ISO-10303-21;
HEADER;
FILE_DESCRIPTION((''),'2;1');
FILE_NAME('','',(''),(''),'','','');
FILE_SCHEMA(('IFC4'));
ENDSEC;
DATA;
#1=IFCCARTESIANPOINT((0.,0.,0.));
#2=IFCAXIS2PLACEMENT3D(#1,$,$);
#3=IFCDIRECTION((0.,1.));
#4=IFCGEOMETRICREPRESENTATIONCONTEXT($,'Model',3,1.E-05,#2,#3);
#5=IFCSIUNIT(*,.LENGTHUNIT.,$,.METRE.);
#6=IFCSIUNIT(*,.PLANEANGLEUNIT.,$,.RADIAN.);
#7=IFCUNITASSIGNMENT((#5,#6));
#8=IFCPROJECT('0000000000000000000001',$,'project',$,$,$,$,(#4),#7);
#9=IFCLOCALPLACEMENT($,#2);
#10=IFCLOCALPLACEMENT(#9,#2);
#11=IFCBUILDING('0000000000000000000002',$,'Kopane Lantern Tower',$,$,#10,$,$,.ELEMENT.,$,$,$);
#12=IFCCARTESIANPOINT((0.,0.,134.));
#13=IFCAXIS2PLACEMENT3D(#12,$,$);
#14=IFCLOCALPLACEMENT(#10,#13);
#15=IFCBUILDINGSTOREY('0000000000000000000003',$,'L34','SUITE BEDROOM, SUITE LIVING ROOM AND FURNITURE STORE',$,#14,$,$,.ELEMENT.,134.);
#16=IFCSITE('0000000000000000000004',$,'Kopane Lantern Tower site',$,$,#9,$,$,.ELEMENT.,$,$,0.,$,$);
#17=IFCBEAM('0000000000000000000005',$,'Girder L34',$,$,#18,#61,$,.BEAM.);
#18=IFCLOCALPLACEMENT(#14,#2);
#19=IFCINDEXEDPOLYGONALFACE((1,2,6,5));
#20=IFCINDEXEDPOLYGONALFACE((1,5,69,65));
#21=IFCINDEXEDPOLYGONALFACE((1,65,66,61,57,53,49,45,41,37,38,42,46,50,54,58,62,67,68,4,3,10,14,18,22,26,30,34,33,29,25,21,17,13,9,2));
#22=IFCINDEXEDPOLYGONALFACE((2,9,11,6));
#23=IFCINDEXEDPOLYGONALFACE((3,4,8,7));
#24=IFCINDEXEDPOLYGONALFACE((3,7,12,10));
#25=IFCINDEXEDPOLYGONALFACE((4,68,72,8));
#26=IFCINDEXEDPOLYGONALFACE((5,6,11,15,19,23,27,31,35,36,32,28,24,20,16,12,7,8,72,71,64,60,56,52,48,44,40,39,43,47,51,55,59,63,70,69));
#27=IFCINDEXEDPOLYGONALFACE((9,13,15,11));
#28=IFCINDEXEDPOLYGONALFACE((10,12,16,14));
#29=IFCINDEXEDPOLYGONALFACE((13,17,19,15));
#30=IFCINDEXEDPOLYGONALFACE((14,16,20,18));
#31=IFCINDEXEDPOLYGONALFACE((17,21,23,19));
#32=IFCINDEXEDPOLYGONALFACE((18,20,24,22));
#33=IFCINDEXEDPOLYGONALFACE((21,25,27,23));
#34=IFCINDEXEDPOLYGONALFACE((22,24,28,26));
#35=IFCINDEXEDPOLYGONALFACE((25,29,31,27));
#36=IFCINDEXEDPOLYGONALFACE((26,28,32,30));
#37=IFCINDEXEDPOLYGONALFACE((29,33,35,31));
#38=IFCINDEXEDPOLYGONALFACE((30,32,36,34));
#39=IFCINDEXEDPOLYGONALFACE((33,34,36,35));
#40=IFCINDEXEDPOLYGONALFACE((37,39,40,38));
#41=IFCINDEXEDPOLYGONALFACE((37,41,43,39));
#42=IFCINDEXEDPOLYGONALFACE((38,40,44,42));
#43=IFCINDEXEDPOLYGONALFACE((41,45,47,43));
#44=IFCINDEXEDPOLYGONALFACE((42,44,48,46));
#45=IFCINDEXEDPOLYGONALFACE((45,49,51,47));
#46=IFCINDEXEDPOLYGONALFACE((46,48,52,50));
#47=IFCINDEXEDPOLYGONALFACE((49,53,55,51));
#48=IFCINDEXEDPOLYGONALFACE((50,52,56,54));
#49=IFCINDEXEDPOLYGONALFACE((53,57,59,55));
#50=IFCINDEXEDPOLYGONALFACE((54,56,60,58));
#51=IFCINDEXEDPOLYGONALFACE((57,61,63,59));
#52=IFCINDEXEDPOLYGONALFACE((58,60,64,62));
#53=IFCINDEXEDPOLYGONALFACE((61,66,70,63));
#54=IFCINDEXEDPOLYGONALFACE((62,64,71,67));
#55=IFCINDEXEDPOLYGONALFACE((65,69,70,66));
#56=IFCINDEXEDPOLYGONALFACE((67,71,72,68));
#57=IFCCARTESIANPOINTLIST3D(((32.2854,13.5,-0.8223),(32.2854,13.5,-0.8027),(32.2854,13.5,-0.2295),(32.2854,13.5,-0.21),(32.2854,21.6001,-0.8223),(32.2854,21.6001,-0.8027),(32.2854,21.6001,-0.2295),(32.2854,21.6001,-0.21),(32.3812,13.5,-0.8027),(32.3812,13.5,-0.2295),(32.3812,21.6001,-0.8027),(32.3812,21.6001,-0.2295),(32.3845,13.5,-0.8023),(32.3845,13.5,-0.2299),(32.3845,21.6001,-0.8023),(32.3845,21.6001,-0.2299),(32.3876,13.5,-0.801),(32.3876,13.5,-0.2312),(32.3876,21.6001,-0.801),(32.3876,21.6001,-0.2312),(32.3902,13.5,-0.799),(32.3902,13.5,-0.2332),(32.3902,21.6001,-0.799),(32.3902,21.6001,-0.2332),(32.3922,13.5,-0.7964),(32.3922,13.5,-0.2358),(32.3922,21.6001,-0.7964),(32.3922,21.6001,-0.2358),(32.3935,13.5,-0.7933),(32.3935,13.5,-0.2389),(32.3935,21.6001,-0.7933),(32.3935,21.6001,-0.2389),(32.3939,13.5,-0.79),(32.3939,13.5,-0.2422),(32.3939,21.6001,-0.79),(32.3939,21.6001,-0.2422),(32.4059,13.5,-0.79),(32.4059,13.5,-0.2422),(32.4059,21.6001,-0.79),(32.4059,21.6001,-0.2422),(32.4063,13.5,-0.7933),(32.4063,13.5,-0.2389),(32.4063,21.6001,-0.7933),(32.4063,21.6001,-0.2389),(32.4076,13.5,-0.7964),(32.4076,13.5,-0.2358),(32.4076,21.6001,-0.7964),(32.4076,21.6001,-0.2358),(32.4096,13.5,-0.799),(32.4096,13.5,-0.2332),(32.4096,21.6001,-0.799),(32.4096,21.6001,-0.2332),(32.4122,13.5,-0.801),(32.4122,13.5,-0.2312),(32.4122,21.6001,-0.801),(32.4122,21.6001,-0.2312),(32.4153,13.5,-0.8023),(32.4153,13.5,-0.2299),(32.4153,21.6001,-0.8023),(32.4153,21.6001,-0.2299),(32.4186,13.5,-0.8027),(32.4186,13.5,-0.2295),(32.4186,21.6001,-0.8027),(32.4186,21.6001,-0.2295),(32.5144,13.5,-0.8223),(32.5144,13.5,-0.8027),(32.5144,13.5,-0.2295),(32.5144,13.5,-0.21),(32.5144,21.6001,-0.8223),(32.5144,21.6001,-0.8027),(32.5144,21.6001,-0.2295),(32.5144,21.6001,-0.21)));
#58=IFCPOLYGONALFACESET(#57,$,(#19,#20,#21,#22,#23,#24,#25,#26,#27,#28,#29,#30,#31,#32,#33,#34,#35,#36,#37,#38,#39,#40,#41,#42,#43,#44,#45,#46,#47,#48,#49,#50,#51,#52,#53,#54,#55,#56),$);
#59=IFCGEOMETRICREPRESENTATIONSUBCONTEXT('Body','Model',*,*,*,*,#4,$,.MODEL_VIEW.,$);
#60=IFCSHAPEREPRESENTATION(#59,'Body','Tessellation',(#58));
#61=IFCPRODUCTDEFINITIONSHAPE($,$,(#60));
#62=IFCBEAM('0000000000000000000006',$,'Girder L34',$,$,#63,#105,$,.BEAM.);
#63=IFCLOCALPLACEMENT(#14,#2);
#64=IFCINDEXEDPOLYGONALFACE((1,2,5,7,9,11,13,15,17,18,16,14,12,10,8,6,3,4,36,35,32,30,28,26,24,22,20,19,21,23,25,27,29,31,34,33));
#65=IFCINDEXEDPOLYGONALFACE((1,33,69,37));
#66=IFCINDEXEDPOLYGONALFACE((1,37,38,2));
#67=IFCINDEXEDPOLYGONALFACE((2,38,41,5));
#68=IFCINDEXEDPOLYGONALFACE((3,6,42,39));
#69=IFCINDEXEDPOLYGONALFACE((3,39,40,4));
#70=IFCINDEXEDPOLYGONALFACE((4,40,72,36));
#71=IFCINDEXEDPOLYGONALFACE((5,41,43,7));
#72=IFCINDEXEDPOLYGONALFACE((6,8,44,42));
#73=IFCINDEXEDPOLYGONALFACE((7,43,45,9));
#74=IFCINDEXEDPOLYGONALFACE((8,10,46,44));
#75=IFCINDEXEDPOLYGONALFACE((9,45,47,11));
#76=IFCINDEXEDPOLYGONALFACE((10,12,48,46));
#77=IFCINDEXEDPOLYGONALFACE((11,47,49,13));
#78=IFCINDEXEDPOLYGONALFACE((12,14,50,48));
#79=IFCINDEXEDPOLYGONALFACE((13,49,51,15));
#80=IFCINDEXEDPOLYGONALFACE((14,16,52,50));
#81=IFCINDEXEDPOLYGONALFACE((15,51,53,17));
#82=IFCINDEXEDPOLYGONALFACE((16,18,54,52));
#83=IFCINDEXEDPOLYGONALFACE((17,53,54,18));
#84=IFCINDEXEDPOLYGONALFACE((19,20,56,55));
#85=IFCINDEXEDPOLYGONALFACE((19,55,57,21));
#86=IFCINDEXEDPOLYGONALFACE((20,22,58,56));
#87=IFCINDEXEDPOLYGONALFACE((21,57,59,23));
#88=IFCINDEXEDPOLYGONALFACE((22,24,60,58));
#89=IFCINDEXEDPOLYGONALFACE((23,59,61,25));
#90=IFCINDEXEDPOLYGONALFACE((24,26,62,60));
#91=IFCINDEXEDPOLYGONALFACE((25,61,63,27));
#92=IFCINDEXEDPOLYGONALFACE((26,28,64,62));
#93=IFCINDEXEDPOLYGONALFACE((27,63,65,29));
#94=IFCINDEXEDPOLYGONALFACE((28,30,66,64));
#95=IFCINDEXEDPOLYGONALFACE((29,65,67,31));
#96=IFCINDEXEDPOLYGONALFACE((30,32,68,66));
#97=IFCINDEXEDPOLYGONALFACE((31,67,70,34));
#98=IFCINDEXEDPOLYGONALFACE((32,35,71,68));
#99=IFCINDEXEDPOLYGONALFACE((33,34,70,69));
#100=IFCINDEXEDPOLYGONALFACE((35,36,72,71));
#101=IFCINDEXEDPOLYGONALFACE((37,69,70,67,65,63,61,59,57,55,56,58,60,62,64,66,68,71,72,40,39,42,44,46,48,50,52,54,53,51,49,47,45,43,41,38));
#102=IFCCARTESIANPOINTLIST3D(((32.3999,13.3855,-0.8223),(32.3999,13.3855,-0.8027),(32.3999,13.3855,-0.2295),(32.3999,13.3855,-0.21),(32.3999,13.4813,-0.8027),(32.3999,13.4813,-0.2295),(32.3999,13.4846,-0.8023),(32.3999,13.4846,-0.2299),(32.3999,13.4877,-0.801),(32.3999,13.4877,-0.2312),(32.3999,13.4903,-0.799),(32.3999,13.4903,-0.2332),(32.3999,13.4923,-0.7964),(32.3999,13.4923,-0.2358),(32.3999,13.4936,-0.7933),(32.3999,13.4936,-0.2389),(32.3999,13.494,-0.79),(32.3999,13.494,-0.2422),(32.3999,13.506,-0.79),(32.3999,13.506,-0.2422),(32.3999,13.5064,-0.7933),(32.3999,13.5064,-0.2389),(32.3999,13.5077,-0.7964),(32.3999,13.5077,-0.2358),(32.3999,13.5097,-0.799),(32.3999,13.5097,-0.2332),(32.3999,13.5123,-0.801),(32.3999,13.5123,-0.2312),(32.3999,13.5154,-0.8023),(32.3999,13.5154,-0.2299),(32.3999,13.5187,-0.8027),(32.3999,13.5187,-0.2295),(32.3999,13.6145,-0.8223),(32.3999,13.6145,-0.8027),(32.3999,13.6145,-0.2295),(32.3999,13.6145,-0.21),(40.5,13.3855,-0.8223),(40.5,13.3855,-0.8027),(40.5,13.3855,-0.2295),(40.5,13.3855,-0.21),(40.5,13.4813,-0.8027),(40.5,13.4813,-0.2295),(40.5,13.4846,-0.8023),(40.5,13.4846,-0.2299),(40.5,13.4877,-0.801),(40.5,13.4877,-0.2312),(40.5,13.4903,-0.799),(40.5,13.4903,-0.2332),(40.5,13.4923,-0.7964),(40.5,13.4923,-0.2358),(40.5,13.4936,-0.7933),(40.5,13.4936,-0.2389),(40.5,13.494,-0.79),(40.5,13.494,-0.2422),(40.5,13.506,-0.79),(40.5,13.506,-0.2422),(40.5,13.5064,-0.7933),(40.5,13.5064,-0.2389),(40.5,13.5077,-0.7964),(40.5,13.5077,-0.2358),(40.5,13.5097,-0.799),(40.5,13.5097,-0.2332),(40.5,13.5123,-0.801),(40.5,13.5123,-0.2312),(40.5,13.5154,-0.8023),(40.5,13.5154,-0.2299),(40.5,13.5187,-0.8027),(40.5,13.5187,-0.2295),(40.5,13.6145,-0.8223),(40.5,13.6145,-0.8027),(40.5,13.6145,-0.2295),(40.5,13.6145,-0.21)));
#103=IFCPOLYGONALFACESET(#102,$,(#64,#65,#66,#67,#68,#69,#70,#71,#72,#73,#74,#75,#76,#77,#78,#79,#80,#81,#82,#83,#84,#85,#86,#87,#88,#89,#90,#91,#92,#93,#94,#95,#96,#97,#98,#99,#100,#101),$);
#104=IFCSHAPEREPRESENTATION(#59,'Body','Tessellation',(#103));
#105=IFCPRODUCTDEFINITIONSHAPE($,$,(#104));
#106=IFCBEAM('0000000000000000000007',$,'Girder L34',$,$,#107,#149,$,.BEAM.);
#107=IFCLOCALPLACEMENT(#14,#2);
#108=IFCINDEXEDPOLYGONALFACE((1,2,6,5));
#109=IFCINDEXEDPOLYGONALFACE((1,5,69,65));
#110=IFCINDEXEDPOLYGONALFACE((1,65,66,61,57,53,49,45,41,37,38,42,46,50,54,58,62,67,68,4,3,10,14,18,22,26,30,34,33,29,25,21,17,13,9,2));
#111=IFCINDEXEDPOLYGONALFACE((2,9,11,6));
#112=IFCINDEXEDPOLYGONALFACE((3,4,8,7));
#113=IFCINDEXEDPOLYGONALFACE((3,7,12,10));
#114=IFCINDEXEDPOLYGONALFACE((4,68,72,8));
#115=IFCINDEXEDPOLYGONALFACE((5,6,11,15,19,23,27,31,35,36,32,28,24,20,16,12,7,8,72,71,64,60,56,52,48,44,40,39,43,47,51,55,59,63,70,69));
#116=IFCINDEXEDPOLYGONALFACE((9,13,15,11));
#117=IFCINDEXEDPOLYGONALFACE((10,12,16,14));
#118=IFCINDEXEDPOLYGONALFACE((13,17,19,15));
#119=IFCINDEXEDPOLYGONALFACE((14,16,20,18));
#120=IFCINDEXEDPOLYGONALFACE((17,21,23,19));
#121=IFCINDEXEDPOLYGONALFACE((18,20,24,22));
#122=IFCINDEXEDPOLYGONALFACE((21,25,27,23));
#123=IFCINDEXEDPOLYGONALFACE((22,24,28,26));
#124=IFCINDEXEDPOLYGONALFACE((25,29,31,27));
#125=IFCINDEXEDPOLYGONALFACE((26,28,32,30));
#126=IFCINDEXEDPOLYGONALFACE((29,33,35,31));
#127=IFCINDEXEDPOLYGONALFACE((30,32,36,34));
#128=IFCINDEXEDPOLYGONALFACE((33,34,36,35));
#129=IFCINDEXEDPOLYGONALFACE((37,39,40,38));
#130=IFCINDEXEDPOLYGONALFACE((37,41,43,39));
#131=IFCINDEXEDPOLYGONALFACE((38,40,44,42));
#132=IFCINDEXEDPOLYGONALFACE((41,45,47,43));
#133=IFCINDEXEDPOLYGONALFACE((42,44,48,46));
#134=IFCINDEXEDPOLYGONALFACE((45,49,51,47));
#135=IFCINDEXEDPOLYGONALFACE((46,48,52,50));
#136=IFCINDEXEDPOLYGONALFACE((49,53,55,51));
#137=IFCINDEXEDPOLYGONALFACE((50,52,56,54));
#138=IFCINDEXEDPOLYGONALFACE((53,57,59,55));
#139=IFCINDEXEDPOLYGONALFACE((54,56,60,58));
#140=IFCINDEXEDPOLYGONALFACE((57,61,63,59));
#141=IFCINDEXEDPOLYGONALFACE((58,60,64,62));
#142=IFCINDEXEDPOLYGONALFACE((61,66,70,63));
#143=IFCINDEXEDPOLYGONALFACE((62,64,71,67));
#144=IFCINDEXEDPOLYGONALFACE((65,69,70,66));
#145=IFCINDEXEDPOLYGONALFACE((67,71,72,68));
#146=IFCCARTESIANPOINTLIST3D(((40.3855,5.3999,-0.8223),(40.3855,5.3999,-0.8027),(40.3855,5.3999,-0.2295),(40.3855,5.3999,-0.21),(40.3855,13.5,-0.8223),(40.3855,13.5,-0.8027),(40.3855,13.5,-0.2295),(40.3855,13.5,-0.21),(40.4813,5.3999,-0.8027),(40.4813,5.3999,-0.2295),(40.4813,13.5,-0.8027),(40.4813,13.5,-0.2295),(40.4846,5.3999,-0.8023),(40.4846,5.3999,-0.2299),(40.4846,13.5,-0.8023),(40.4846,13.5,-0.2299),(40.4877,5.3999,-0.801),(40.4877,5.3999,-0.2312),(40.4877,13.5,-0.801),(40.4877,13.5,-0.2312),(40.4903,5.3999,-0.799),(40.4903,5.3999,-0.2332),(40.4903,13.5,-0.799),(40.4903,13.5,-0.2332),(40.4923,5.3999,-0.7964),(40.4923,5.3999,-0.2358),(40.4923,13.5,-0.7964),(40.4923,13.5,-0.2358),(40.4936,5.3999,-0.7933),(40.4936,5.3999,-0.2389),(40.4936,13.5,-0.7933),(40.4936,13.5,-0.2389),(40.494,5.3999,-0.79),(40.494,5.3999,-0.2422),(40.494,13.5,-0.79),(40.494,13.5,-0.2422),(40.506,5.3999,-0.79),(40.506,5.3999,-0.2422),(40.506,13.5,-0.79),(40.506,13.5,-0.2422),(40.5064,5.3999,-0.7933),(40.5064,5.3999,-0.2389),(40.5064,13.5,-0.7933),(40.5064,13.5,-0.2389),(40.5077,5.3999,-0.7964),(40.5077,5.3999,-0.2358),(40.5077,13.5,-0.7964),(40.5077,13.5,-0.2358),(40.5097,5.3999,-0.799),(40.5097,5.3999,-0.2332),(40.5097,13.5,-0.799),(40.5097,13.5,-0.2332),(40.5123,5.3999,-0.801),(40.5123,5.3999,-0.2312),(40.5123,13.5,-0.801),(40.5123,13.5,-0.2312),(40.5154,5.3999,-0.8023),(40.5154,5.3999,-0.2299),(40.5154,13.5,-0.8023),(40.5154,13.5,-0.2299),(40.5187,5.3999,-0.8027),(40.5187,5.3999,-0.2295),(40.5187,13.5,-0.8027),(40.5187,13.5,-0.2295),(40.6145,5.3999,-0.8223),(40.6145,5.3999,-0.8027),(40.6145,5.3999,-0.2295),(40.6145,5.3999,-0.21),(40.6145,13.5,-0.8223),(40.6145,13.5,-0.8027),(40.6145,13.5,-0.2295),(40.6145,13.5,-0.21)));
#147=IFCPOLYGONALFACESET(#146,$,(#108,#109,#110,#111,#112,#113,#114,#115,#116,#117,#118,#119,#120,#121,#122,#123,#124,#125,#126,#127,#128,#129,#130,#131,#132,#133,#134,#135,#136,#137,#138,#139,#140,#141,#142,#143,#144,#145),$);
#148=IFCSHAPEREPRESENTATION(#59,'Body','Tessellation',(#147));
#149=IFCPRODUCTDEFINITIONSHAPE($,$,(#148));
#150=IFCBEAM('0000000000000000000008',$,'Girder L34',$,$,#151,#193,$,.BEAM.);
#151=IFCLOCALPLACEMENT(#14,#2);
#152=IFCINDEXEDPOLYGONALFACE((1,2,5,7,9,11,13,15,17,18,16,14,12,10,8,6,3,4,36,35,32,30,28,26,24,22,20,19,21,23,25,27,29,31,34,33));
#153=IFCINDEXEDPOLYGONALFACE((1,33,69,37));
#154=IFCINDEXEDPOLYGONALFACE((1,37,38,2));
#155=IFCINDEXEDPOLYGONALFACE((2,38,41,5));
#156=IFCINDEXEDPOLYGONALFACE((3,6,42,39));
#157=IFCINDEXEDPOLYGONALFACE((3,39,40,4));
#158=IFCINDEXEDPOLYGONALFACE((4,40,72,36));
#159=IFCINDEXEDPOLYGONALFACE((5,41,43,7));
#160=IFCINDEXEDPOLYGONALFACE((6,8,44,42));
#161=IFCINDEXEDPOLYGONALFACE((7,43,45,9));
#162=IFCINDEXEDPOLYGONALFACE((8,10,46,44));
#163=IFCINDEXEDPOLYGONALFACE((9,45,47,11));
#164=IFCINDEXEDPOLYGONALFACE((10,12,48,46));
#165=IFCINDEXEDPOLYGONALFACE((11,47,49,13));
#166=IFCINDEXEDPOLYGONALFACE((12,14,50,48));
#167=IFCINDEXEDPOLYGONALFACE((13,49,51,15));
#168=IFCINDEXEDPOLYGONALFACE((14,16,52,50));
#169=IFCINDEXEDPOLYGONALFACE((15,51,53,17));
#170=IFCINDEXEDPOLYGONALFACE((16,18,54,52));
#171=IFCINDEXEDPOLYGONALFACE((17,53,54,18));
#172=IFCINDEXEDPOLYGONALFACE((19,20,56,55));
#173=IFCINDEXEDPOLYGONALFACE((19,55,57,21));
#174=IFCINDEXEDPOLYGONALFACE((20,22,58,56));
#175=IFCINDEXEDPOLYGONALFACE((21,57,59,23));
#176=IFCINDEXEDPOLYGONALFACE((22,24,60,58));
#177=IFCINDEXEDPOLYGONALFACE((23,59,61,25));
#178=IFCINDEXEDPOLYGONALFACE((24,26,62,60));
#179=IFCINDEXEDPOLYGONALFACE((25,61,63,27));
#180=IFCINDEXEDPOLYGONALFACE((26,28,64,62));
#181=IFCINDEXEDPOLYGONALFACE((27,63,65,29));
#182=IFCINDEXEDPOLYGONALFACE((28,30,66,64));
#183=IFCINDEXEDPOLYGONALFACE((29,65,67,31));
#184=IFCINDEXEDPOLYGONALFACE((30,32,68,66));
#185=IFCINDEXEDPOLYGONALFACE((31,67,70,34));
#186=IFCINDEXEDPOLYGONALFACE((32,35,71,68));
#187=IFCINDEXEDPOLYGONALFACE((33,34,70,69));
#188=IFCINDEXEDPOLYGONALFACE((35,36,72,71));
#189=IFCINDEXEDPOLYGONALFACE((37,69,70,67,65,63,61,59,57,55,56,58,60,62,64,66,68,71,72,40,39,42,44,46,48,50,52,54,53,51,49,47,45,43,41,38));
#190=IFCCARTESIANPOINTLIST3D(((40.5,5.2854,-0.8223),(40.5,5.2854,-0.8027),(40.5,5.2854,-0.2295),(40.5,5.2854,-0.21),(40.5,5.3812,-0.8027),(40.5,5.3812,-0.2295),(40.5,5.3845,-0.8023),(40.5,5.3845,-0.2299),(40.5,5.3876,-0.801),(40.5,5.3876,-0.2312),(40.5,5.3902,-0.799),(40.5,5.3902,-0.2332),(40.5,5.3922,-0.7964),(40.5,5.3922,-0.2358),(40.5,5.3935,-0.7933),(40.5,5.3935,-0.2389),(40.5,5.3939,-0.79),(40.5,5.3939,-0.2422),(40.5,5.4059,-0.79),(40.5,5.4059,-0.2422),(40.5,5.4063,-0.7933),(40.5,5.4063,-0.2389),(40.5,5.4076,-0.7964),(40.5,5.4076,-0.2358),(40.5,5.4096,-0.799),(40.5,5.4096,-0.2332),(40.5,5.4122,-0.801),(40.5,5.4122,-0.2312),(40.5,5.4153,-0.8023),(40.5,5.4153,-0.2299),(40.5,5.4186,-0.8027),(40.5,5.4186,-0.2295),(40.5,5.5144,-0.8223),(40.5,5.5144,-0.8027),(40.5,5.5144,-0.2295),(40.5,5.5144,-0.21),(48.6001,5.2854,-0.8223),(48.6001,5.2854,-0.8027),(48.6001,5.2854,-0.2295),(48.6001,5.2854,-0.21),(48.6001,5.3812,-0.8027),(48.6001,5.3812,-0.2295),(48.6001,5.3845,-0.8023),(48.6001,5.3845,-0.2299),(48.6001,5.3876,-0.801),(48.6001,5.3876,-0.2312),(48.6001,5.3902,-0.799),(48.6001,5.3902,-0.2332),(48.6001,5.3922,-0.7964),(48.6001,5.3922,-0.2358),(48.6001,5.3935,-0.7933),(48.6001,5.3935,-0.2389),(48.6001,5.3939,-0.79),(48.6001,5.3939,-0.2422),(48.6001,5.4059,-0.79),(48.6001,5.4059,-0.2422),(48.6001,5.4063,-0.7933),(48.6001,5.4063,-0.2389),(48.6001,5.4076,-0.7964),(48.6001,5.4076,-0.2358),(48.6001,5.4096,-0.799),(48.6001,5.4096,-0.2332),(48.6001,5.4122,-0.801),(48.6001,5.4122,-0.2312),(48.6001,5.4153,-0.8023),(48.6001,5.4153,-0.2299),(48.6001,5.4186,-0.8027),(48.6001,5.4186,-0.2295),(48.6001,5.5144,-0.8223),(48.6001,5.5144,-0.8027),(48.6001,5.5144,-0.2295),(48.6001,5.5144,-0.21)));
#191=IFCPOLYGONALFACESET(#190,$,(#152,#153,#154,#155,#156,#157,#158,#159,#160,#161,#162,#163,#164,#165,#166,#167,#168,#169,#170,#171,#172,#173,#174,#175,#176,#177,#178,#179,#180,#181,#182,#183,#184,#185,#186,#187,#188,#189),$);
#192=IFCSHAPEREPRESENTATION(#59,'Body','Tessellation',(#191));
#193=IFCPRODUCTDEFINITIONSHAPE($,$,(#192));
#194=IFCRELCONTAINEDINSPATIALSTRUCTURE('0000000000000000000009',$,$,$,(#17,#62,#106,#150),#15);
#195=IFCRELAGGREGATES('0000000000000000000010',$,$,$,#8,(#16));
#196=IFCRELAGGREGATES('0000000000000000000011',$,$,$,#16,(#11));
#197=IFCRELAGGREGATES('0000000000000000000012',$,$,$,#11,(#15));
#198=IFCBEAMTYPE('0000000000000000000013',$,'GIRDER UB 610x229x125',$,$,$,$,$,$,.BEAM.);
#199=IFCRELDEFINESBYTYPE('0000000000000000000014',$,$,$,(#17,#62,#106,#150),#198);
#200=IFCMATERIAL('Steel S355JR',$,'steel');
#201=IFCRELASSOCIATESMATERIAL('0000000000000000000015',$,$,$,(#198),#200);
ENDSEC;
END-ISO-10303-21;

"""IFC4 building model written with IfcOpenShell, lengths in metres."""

from ifc_helpers import new_model, si_unit, direction, frame, origin, origin_2d, place, context, subcontext, project, spatial, i_section, extrude, material, material_profile, profile_set, type_object, element, save


model = new_model("IFC4")

# Units and contexts
model_context = context("Model", 3, precision=1e-05, world=origin(), true_north=direction((0.0, 1.0)))
body_context = subcontext(model_context, "Body", "Model", "MODEL_VIEW")
ifc_project = project(units=[si_unit("LENGTHUNIT", "METRE"), si_unit("PLANEANGLEUNIT", "RADIAN")], contexts=[model_context])

# Site, building, storey
site_placement = place(None, origin())
site = spatial("IfcSite", under=ifc_project, at=site_placement, Name="Kopane Lantern Tower site", CompositionType="ELEMENT", RefElevation=0.0)
building_placement = place(site_placement, origin())
building = spatial("IfcBuilding", under=site, at=building_placement, Name="Kopane Lantern Tower", CompositionType="ELEMENT")
storey_placement = place(building_placement, frame((0.0, 0.0, 134.0)))
storey = spatial("IfcBuildingStorey", under=building, at=storey_placement, Name="L34", Description="SUITE BEDROOM, SUITE LIVING ROOM AND FURNITURE STORE", CompositionType="ELEMENT", Elevation=134.0)

# Beams
ifc_material_1 = material(Name="Steel S355JR", Category="steel")
ifc_material_profile_1 = material_profile(ifc_material_1, i_section(OverallWidth=0.229, OverallDepth=0.6123, WebThickness=0.012, FlangeThickness=0.0195, FilletRadius=0.0127, at=origin_2d()), Name="UB 610x229x125")
ifc_profile_set_1 = profile_set([ifc_material_profile_1], Name="Steel S355JR")
beam_type = type_object("IfcBeamType", Name="GIRDER UB 610x229x125", PredefinedType="BEAM", material=ifc_profile_set_1)
for number, where, z_axis, x_axis, name in (
    (1, (32.3999, 13.5, -0.5161), (0.0, 1.0, 0.0), (-1.0, 0.0, 0.0), "Girder L34"),
    (2, (32.3999, 13.5, -0.5161), (1.0, 0.0, 0.0), (0.0, 1.0, 0.0), "Girder L34"),
    (3, (40.5, 5.3999, -0.5161), (0.0, 1.0, 0.0), (-1.0, 0.0, 0.0), "Girder L34"),
    (4, (40.5, 5.3999, -0.5161), (1.0, 0.0, 0.0), (0.0, 1.0, 0.0), "Girder L34"),
):
    element("IfcBeam", number, at=place(storey_placement, frame(where, z_axis=z_axis, x_axis=x_axis)), inside=storey, type_object=beam_type, Name=name, PredefinedType="BEAM", context=body_context, shape_type="SweptSolid", body=[
        extrude(i_section(OverallWidth=0.229, OverallDepth=0.6123, WebThickness=0.012, FlangeThickness=0.0195, FilletRadius=0.0127, at=origin_2d()), origin(), (0.0, 0.0, 1.0), 8.1001),
    ])

save(model, "model.ifc")
